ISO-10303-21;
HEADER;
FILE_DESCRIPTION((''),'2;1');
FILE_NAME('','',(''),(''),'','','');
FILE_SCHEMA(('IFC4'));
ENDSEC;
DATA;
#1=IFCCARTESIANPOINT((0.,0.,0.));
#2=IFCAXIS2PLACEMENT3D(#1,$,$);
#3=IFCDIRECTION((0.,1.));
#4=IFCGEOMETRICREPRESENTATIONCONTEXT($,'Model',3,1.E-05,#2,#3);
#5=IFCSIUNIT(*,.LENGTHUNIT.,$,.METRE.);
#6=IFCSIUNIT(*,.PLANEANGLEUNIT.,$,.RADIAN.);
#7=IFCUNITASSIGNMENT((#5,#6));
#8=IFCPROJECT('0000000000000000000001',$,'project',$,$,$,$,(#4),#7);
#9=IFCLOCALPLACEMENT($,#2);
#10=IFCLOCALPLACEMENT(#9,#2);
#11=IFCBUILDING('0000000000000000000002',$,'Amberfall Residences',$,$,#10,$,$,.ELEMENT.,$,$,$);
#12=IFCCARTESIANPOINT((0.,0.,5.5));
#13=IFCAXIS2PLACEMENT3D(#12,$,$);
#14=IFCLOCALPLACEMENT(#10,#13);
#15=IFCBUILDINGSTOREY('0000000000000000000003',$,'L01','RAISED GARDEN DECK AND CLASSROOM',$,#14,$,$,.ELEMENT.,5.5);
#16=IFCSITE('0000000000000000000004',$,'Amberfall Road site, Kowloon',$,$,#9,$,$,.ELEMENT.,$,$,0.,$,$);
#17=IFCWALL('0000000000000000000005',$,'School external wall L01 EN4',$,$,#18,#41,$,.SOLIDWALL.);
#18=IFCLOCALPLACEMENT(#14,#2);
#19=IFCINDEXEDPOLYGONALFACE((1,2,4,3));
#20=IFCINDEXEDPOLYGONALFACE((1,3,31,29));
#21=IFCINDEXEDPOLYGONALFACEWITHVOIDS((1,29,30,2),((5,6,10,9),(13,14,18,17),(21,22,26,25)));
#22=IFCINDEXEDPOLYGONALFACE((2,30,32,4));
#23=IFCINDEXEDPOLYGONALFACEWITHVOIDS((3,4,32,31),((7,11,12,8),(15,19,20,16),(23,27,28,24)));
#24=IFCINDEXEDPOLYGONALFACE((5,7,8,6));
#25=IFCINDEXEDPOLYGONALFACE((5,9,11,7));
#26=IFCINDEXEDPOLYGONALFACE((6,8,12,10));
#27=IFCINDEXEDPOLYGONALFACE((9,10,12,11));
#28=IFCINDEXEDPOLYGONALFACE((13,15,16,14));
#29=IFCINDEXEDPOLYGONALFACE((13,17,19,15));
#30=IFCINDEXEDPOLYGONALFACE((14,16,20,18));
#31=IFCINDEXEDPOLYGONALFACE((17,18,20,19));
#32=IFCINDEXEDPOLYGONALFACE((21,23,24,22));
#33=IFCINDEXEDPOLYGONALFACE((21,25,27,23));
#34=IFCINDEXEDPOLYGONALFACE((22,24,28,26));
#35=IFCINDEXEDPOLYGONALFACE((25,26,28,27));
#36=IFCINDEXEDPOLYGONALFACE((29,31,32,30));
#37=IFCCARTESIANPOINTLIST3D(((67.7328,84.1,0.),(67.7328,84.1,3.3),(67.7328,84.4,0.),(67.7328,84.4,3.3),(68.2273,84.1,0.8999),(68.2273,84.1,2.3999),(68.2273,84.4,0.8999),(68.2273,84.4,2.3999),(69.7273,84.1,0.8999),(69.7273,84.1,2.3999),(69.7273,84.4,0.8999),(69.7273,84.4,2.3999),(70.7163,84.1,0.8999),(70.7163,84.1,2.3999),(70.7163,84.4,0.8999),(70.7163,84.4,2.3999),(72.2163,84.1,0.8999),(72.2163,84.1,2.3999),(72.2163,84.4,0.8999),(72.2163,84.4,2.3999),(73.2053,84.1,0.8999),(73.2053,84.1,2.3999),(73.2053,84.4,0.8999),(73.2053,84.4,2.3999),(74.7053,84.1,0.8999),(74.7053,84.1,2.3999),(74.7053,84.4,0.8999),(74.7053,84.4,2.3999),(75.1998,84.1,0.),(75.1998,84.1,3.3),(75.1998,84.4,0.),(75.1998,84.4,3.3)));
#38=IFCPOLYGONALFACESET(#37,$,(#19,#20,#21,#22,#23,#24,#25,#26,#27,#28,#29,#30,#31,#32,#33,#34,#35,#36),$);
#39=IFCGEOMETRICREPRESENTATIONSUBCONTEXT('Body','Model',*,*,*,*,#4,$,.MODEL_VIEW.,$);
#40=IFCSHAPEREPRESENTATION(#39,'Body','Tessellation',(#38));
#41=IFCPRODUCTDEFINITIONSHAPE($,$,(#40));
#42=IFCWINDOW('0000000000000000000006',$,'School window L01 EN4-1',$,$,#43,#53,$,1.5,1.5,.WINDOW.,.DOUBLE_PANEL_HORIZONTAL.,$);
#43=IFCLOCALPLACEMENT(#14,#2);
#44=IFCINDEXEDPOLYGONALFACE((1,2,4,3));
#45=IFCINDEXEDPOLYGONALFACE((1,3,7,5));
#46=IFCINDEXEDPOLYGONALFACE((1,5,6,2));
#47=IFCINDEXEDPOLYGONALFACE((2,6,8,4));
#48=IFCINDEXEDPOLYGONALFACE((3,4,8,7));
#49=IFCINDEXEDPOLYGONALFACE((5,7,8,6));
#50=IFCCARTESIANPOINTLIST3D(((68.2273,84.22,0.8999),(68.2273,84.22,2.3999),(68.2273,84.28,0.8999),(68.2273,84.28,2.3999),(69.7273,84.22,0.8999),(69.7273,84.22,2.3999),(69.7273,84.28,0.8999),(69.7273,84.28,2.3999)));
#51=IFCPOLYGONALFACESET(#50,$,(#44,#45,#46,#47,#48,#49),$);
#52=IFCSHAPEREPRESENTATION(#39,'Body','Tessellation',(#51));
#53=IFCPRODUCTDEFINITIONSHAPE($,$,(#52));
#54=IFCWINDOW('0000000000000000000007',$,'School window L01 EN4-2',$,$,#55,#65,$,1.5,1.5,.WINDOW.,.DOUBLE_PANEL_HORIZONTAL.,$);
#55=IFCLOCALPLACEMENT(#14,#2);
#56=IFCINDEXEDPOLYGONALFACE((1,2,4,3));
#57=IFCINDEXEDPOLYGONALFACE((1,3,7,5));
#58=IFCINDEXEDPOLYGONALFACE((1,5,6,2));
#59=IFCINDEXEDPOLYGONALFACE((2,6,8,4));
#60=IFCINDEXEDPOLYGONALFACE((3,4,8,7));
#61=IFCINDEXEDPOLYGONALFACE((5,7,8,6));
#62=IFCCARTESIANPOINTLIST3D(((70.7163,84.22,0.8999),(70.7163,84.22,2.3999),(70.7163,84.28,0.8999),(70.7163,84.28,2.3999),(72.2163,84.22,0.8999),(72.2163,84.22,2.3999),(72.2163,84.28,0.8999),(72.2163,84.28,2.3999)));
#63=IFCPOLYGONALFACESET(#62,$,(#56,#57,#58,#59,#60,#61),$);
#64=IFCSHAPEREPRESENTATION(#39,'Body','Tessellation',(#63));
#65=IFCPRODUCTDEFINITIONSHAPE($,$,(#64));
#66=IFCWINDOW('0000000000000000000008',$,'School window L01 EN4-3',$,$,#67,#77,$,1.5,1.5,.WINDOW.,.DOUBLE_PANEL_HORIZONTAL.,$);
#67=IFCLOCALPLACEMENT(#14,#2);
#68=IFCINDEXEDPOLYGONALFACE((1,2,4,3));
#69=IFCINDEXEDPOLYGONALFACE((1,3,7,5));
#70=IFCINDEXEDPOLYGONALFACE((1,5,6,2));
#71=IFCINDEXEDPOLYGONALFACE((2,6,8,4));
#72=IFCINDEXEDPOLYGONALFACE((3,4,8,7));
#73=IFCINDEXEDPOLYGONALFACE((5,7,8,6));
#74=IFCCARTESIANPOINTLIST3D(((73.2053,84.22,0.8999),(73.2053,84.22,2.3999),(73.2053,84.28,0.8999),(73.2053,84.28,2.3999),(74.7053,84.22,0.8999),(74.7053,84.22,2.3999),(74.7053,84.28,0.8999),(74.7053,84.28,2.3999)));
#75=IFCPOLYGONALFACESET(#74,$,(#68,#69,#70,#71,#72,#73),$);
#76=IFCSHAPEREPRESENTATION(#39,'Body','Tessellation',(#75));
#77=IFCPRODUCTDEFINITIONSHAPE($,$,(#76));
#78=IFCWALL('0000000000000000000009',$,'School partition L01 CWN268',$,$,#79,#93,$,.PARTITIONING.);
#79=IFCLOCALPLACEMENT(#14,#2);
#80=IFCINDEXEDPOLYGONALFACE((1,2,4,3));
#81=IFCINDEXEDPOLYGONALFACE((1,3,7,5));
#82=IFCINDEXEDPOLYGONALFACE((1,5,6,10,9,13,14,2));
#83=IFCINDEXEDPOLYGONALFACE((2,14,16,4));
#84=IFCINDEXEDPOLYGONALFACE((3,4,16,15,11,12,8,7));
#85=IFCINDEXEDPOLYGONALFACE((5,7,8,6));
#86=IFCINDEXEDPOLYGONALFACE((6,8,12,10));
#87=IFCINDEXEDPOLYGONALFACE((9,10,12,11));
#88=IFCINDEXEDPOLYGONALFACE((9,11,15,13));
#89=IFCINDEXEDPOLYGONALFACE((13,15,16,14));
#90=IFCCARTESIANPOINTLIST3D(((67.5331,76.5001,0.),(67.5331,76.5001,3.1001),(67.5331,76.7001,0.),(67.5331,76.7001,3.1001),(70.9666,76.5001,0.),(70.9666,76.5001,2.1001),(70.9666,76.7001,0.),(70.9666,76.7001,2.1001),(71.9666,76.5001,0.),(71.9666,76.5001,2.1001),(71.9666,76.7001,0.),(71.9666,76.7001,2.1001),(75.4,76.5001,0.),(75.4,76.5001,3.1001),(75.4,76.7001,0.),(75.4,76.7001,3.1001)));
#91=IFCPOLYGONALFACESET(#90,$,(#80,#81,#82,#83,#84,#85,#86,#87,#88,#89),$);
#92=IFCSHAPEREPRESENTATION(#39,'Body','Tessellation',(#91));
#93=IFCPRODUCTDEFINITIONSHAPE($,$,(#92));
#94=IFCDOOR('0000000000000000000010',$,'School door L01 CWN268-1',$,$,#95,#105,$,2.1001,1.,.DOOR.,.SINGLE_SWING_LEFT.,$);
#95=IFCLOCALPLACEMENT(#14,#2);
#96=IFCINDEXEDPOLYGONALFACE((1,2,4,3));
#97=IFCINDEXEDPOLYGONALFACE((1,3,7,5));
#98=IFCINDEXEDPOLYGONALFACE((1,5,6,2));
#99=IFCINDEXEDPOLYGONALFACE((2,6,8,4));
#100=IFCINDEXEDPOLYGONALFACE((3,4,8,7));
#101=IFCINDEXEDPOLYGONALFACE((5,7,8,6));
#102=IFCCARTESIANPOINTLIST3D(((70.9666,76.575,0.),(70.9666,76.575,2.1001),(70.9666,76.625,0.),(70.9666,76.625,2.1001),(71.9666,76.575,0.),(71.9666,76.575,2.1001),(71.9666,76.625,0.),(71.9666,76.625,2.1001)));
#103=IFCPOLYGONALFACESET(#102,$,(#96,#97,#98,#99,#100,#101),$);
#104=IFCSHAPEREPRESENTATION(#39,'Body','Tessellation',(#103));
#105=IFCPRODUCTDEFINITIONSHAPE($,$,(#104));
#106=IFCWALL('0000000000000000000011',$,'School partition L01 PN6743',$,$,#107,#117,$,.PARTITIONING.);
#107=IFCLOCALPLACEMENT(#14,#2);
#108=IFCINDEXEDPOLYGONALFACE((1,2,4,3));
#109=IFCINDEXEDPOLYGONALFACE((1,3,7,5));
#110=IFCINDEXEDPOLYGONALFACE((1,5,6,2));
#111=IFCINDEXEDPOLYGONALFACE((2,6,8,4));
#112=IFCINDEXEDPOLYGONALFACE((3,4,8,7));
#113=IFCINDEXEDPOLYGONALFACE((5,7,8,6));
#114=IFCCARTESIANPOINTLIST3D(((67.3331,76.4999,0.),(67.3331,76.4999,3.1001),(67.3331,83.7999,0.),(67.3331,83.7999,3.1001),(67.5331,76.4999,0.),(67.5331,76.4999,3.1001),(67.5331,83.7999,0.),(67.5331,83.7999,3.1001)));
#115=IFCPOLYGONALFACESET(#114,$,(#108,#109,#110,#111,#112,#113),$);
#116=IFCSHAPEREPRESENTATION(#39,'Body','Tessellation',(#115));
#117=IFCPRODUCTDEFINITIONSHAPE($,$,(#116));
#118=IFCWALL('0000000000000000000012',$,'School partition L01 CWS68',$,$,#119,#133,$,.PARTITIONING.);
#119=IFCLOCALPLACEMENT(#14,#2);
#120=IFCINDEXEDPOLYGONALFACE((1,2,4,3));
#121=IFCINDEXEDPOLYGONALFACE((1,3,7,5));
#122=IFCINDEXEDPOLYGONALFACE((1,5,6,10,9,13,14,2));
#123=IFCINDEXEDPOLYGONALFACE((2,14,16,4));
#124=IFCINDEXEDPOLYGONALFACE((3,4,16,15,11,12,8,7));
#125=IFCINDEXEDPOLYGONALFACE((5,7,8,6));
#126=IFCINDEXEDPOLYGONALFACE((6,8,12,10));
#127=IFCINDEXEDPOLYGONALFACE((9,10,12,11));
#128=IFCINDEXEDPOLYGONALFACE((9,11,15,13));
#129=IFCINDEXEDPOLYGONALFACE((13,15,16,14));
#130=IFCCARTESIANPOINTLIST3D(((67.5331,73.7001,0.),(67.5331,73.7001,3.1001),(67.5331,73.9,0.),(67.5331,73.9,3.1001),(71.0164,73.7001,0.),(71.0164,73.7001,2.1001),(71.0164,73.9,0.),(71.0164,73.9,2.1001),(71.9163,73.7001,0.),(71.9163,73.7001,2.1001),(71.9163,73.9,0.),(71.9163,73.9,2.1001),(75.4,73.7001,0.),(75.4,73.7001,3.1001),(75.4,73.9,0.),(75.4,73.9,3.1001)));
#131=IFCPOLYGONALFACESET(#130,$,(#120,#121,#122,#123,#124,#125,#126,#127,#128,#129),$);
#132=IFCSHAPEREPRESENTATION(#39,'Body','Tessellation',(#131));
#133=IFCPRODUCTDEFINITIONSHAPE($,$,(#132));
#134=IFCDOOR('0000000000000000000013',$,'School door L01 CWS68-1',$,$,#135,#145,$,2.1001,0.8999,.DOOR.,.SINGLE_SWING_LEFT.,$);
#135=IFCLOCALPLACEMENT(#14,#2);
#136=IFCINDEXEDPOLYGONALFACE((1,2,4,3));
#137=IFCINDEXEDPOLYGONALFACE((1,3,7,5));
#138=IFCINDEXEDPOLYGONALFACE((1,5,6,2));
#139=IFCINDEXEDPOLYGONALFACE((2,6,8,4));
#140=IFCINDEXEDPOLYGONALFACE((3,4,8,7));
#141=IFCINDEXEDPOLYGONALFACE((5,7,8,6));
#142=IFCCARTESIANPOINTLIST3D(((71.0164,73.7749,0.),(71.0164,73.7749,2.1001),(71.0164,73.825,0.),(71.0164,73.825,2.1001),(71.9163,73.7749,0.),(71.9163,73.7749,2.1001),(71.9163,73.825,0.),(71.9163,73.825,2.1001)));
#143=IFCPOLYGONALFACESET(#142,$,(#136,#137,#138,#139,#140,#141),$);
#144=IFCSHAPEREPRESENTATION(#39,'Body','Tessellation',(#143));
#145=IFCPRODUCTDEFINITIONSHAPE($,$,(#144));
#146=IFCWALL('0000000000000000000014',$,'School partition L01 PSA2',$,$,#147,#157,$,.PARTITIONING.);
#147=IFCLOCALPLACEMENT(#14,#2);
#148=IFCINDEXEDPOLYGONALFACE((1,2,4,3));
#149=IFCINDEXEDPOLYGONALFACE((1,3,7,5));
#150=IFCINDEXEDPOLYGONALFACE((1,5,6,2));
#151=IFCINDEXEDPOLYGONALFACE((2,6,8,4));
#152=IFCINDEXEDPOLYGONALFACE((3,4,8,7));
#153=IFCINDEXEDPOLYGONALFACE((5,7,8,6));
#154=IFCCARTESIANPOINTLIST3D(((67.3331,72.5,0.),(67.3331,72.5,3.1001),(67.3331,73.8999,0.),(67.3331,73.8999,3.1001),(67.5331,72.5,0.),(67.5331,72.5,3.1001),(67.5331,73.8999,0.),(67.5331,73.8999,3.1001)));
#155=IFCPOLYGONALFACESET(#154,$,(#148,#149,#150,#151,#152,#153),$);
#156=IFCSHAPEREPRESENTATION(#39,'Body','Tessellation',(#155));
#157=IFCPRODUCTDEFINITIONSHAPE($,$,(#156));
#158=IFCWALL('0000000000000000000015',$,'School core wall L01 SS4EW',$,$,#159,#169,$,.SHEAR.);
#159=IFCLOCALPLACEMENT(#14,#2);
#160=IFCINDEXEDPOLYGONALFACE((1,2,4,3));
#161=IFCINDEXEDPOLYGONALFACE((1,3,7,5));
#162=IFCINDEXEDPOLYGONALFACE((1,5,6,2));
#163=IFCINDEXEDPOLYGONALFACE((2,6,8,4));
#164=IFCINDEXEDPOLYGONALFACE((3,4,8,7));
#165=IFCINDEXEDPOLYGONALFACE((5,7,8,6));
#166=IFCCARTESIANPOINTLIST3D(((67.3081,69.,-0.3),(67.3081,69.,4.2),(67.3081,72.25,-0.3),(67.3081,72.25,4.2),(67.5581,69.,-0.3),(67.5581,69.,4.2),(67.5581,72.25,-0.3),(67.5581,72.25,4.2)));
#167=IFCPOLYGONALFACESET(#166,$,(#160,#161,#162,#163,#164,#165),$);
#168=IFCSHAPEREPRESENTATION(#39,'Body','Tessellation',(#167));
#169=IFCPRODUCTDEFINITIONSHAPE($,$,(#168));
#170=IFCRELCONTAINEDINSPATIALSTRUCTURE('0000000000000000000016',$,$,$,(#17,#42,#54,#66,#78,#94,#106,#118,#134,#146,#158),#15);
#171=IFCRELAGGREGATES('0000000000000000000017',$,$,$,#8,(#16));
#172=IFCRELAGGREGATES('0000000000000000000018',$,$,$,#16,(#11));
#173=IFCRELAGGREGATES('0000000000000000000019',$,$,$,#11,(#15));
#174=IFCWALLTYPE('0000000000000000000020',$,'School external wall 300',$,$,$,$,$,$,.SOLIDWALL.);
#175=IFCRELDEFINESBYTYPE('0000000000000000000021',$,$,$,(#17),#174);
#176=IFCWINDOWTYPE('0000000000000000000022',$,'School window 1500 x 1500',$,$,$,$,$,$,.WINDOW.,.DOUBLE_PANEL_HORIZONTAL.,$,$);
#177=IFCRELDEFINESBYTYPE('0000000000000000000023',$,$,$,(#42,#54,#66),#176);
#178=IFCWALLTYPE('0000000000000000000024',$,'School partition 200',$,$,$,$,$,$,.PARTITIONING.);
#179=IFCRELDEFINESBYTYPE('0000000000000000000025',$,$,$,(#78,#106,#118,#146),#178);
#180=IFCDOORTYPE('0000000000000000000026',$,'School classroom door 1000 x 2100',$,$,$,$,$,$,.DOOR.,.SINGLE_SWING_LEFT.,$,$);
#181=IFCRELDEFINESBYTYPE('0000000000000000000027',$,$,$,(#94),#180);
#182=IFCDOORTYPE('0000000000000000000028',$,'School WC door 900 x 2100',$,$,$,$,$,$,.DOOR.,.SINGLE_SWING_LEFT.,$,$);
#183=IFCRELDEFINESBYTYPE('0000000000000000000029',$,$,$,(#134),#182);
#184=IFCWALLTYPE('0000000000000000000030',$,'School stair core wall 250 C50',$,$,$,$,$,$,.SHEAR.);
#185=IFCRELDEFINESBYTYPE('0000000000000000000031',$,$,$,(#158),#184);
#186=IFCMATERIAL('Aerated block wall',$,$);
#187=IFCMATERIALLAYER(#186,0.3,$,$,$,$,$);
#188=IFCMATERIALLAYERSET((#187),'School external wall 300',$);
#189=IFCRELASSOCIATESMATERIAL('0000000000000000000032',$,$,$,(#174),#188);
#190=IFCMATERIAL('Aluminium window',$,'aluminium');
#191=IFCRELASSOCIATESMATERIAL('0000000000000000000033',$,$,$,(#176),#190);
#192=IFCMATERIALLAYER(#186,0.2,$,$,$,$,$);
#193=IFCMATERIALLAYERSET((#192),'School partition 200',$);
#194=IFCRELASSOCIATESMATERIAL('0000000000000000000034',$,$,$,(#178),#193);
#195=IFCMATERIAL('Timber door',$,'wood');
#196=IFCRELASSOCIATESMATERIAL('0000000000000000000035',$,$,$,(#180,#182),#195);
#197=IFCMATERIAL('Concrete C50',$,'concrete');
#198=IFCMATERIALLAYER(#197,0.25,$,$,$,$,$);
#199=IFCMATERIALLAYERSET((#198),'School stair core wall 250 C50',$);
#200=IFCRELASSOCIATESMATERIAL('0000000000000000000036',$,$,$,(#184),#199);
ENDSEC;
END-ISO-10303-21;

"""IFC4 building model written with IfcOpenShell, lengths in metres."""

from ifc_helpers import new_model, si_unit, direction, frame, frame_2d, origin, place, context, subcontext, project, spatial, rectangle, extrude, material, layer, layer_set, type_object, element, fill, save


model = new_model("IFC4")

# Units and contexts
model_context = context("Model", 3, precision=1e-05, world=origin(), true_north=direction((0.0, 1.0)))
body_context = subcontext(model_context, "Body", "Model", "MODEL_VIEW")
ifc_project = project(units=[si_unit("LENGTHUNIT", "METRE"), si_unit("PLANEANGLEUNIT", "RADIAN")], contexts=[model_context])

# Site, building, storey
site_placement = place(None, origin())
site = spatial("IfcSite", under=ifc_project, at=site_placement, Name="Amberfall Road site, Kowloon", CompositionType="ELEMENT", RefElevation=0.0)
building_placement = place(site_placement, origin())
building = spatial("IfcBuilding", under=site, at=building_placement, Name="Amberfall Residences", CompositionType="ELEMENT")
storey_placement = place(building_placement, frame((0.0, 0.0, 5.5)))
storey = spatial("IfcBuildingStorey", under=building, at=storey_placement, Name="L01", Description="RAISED GARDEN DECK AND CLASSROOM", CompositionType="ELEMENT", Elevation=5.5)

# Shared definitions
ifc_material_1 = material(Name="Concrete C50", Category="concrete")

# Wall, openings, windows
ifc_material_2 = material(Name="Aerated block wall")
ifc_layer_1 = layer(ifc_material_2, 0.3)
ifc_layer_set_1 = layer_set([ifc_layer_1], Name="School external wall 300")
wall_type_1 = type_object("IfcWallType", Name="School external wall 300", PredefinedType="SOLIDWALL", material=ifc_layer_set_1)
ifc_material_3 = material(Name="Aluminium window", Category="aluminium")
window_type = type_object("IfcWindowType", Name="School window 1500 x 1500", PartitioningType="DOUBLE_PANEL_HORIZONTAL", PredefinedType="WINDOW", material=ifc_material_3)
wall_1_placement = place(storey_placement, frame((67.7329, 84.25, 0.0), z_axis=(0.0, 0.0, 1.0), x_axis=(1.0, 0.0, 0.0)))
wall_1 = element("IfcWall", 1, at=wall_1_placement, inside=storey, type_object=wall_type_1, Name="School external wall L01 EN4", PredefinedType="SOLIDWALL", context=body_context, shape_type="SweptSolid", body=[
    extrude(rectangle(XDim=7.467, YDim=0.3, at=frame_2d((3.7334, 0.0))), origin(), (0.0, 0.0, 1.0), 3.3),
])
opening_1_placement = place(wall_1_placement, frame((0.4944, 0.0, 0.8999)))
opening_1 = element("IfcOpeningElement", 2, at=opening_1_placement, cuts=wall_1, PredefinedType="OPENING", context=body_context, shape_type="SweptSolid", body=[
    extrude(rectangle(XDim=1.5, YDim=1.5, at=frame_2d((0.75, 0.75))), frame((0.0, 0.1599, 0.0), z_axis=(0.0, -1.0, 0.0), x_axis=(1.0, 0.0, 0.0)), (0.0, 0.0, 1.0), 0.3201),
])
opening_2_placement = place(wall_1_placement, frame((2.9834, 0.0, 0.8999)))
opening_2 = element("IfcOpeningElement", 3, at=opening_2_placement, cuts=wall_1, PredefinedType="OPENING", context=body_context, shape_type="SweptSolid", body=[
    extrude(rectangle(XDim=1.5, YDim=1.5, at=frame_2d((0.75, 0.75))), frame((0.0, 0.1599, 0.0), z_axis=(0.0, -1.0, 0.0), x_axis=(1.0, 0.0, 0.0)), (0.0, 0.0, 1.0), 0.3201),
])
opening_3_placement = place(wall_1_placement, frame((5.4724, 0.0, 0.8999)))
opening_3 = element("IfcOpeningElement", 4, at=opening_3_placement, cuts=wall_1, PredefinedType="OPENING", context=body_context, shape_type="SweptSolid", body=[
    extrude(rectangle(XDim=1.5, YDim=1.5, at=frame_2d((0.75, 0.75))), frame((0.0, 0.1599, 0.0), z_axis=(0.0, -1.0, 0.0), x_axis=(1.0, 0.0, 0.0)), (0.0, 0.0, 1.0), 0.3201),
])
window_1_placement = place(opening_1_placement, origin())
window_1 = element("IfcWindow", 5, at=window_1_placement, inside=storey, type_object=window_type, Name="School window L01 EN4-1", OverallHeight=1.5, OverallWidth=1.5, PartitioningType="DOUBLE_PANEL_HORIZONTAL", PredefinedType="WINDOW", context=body_context, shape_type="SweptSolid", body=[
    extrude(rectangle(XDim=1.5, YDim=1.5, at=frame_2d((0.75, 0.75))), frame((0.0, 0.03, 0.0), z_axis=(0.0, -1.0, 0.0), x_axis=(1.0, 0.0, 0.0)), (0.0, 0.0, 1.0), 0.0601),
])
fill(opening_1, window_1)
window_2_placement = place(opening_2_placement, origin())
window_2 = element("IfcWindow", 6, at=window_2_placement, inside=storey, type_object=window_type, Name="School window L01 EN4-2", OverallHeight=1.5, OverallWidth=1.5, PartitioningType="DOUBLE_PANEL_HORIZONTAL", PredefinedType="WINDOW", context=body_context, shape_type="SweptSolid", body=[
    extrude(rectangle(XDim=1.5, YDim=1.5, at=frame_2d((0.75, 0.75))), frame((0.0, 0.03, 0.0), z_axis=(0.0, -1.0, 0.0), x_axis=(1.0, 0.0, 0.0)), (0.0, 0.0, 1.0), 0.0601),
])
fill(opening_2, window_2)
window_3_placement = place(opening_3_placement, origin())
window_3 = element("IfcWindow", 7, at=window_3_placement, inside=storey, type_object=window_type, Name="School window L01 EN4-3", OverallHeight=1.5, OverallWidth=1.5, PartitioningType="DOUBLE_PANEL_HORIZONTAL", PredefinedType="WINDOW", context=body_context, shape_type="SweptSolid", body=[
    extrude(rectangle(XDim=1.5, YDim=1.5, at=frame_2d((0.75, 0.75))), frame((0.0, 0.03, 0.0), z_axis=(0.0, -1.0, 0.0), x_axis=(1.0, 0.0, 0.0)), (0.0, 0.0, 1.0), 0.0601),
])
fill(opening_3, window_3)

# Wall, opening, door
ifc_layer_2 = layer(ifc_material_2, 0.2)
ifc_layer_set_2 = layer_set([ifc_layer_2], Name="School partition 200")
wall_type_2 = type_object("IfcWallType", Name="School partition 200", PredefinedType="PARTITIONING", material=ifc_layer_set_2)
wall_2_placement = place(storey_placement, frame((67.533, 76.6001, 0.0), z_axis=(0.0, 0.0, 1.0), x_axis=(1.0, 0.0, 0.0)))
wall_2 = element("IfcWall", 8, at=wall_2_placement, inside=storey, type_object=wall_type_2, Name="School partition L01 CWN268", PredefinedType="PARTITIONING", context=body_context, shape_type="SweptSolid", body=[
    extrude(rectangle(XDim=7.8669, YDim=0.2, at=frame_2d((3.9336, 0.0))), origin(), (0.0, 0.0, 1.0), 3.1001),
])
opening_4_placement = place(wall_2_placement, frame((3.4336, 0.0, 0.0)))
opening_4 = element("IfcOpeningElement", 9, at=opening_4_placement, cuts=wall_2, PredefinedType="OPENING", context=body_context, shape_type="SweptSolid", body=[
    extrude(rectangle(XDim=1.0, YDim=2.1001, at=frame_2d((0.5, 1.05))), frame((0.0, 0.1099, 0.0), z_axis=(0.0, -1.0, 0.0), x_axis=(1.0, 0.0, 0.0)), (0.0, 0.0, 1.0), 0.22),
])
ifc_material_4 = material(Name="Timber door", Category="wood")
door_type_1 = type_object("IfcDoorType", Name="School classroom door 1000 x 2100", OperationType="SINGLE_SWING_LEFT", PredefinedType="DOOR", material=ifc_material_4)
door_1_placement = place(opening_4_placement, origin())
door_1 = element("IfcDoor", 10, at=door_1_placement, inside=storey, type_object=door_type_1, Name="School door L01 CWN268-1", OperationType="SINGLE_SWING_LEFT", OverallHeight=2.1001, OverallWidth=1.0, PredefinedType="DOOR", context=body_context, shape_type="SweptSolid", body=[
    extrude(rectangle(XDim=1.0, YDim=2.1001, at=frame_2d((0.5, 1.05))), frame((0.0, 0.0249, 0.0), z_axis=(0.0, -1.0, 0.0), x_axis=(1.0, 0.0, 0.0)), (0.0, 0.0, 1.0), 0.05),
])
fill(opening_4, door_1)

# Wall
wall_3_placement = place(storey_placement, frame((67.4331, 76.5, 0.0), z_axis=(0.0, 0.0, 1.0), x_axis=(0.0, 1.0, 0.0)))
element("IfcWall", 11, at=wall_3_placement, inside=storey, type_object=wall_type_2, Name="School partition L01 PN6743", PredefinedType="PARTITIONING", context=body_context, shape_type="SweptSolid", body=[
    extrude(rectangle(XDim=7.3, YDim=0.2, at=frame_2d((3.6499, 0.0))), origin(), (0.0, 0.0, 1.0), 3.1001),
])

# Wall, opening, door
wall_4_placement = place(storey_placement, frame((67.533, 73.8, 0.0), z_axis=(0.0, 0.0, 1.0), x_axis=(1.0, 0.0, 0.0)))
wall_4 = element("IfcWall", 12, at=wall_4_placement, inside=storey, type_object=wall_type_2, Name="School partition L01 CWS68", PredefinedType="PARTITIONING", context=body_context, shape_type="SweptSolid", body=[
    extrude(rectangle(XDim=7.8669, YDim=0.2, at=frame_2d((3.9336, 0.0))), origin(), (0.0, 0.0, 1.0), 3.1001),
])
opening_5_placement = place(wall_4_placement, frame((3.4834, 0.0, 0.0)))
opening_5 = element("IfcOpeningElement", 13, at=opening_5_placement, cuts=wall_4, PredefinedType="OPENING", context=body_context, shape_type="SweptSolid", body=[
    extrude(rectangle(XDim=0.8999, YDim=2.1001, at=frame_2d((0.45, 1.05))), frame((0.0, 0.1099, 0.0), z_axis=(0.0, -1.0, 0.0), x_axis=(1.0, 0.0, 0.0)), (0.0, 0.0, 1.0), 0.22),
])
door_type_2 = type_object("IfcDoorType", Name="School WC door 900 x 2100", OperationType="SINGLE_SWING_LEFT", PredefinedType="DOOR", material=ifc_material_4)
door_2_placement = place(opening_5_placement, origin())
door_2 = element("IfcDoor", 14, at=door_2_placement, inside=storey, type_object=door_type_2, Name="School door L01 CWS68-1", OperationType="SINGLE_SWING_LEFT", OverallHeight=2.1001, OverallWidth=0.8999, PredefinedType="DOOR", context=body_context, shape_type="SweptSolid", body=[
    extrude(rectangle(XDim=0.8999, YDim=2.1001, at=frame_2d((0.45, 1.05))), frame((0.0, 0.0249, 0.0), z_axis=(0.0, -1.0, 0.0), x_axis=(1.0, 0.0, 0.0)), (0.0, 0.0, 1.0), 0.05),
])
fill(opening_5, door_2)

# Walls
wall_5_placement = place(storey_placement, frame((67.4331, 72.5, 0.0), z_axis=(0.0, 0.0, 1.0), x_axis=(0.0, 1.0, 0.0)))
element("IfcWall", 15, at=wall_5_placement, inside=storey, type_object=wall_type_2, Name="School partition L01 PSA2", PredefinedType="PARTITIONING", context=body_context, shape_type="SweptSolid", body=[
    extrude(rectangle(XDim=1.3999, YDim=0.2, at=frame_2d((0.7, 0.0))), origin(), (0.0, 0.0, 1.0), 3.1001),
])
ifc_layer_3 = layer(ifc_material_1, 0.25)
ifc_layer_set_3 = layer_set([ifc_layer_3], Name="School stair core wall 250 C50")
wall_type_3 = type_object("IfcWallType", Name="School stair core wall 250 C50", PredefinedType="SHEAR", material=ifc_layer_set_3)
wall_6_placement = place(storey_placement, frame((67.4331, 69.0, -0.3), z_axis=(0.0, 0.0, 1.0), x_axis=(0.0, 1.0, 0.0)))
element("IfcWall", 16, at=wall_6_placement, inside=storey, type_object=wall_type_3, Name="School core wall L01 SS4EW", PredefinedType="SHEAR", context=body_context, shape_type="SweptSolid", body=[
    extrude(rectangle(XDim=3.25, YDim=0.25, at=frame_2d((1.625, 0.0))), origin(), (0.0, 0.0, 1.0), 4.5),
])

save(model, "model.ifc")
